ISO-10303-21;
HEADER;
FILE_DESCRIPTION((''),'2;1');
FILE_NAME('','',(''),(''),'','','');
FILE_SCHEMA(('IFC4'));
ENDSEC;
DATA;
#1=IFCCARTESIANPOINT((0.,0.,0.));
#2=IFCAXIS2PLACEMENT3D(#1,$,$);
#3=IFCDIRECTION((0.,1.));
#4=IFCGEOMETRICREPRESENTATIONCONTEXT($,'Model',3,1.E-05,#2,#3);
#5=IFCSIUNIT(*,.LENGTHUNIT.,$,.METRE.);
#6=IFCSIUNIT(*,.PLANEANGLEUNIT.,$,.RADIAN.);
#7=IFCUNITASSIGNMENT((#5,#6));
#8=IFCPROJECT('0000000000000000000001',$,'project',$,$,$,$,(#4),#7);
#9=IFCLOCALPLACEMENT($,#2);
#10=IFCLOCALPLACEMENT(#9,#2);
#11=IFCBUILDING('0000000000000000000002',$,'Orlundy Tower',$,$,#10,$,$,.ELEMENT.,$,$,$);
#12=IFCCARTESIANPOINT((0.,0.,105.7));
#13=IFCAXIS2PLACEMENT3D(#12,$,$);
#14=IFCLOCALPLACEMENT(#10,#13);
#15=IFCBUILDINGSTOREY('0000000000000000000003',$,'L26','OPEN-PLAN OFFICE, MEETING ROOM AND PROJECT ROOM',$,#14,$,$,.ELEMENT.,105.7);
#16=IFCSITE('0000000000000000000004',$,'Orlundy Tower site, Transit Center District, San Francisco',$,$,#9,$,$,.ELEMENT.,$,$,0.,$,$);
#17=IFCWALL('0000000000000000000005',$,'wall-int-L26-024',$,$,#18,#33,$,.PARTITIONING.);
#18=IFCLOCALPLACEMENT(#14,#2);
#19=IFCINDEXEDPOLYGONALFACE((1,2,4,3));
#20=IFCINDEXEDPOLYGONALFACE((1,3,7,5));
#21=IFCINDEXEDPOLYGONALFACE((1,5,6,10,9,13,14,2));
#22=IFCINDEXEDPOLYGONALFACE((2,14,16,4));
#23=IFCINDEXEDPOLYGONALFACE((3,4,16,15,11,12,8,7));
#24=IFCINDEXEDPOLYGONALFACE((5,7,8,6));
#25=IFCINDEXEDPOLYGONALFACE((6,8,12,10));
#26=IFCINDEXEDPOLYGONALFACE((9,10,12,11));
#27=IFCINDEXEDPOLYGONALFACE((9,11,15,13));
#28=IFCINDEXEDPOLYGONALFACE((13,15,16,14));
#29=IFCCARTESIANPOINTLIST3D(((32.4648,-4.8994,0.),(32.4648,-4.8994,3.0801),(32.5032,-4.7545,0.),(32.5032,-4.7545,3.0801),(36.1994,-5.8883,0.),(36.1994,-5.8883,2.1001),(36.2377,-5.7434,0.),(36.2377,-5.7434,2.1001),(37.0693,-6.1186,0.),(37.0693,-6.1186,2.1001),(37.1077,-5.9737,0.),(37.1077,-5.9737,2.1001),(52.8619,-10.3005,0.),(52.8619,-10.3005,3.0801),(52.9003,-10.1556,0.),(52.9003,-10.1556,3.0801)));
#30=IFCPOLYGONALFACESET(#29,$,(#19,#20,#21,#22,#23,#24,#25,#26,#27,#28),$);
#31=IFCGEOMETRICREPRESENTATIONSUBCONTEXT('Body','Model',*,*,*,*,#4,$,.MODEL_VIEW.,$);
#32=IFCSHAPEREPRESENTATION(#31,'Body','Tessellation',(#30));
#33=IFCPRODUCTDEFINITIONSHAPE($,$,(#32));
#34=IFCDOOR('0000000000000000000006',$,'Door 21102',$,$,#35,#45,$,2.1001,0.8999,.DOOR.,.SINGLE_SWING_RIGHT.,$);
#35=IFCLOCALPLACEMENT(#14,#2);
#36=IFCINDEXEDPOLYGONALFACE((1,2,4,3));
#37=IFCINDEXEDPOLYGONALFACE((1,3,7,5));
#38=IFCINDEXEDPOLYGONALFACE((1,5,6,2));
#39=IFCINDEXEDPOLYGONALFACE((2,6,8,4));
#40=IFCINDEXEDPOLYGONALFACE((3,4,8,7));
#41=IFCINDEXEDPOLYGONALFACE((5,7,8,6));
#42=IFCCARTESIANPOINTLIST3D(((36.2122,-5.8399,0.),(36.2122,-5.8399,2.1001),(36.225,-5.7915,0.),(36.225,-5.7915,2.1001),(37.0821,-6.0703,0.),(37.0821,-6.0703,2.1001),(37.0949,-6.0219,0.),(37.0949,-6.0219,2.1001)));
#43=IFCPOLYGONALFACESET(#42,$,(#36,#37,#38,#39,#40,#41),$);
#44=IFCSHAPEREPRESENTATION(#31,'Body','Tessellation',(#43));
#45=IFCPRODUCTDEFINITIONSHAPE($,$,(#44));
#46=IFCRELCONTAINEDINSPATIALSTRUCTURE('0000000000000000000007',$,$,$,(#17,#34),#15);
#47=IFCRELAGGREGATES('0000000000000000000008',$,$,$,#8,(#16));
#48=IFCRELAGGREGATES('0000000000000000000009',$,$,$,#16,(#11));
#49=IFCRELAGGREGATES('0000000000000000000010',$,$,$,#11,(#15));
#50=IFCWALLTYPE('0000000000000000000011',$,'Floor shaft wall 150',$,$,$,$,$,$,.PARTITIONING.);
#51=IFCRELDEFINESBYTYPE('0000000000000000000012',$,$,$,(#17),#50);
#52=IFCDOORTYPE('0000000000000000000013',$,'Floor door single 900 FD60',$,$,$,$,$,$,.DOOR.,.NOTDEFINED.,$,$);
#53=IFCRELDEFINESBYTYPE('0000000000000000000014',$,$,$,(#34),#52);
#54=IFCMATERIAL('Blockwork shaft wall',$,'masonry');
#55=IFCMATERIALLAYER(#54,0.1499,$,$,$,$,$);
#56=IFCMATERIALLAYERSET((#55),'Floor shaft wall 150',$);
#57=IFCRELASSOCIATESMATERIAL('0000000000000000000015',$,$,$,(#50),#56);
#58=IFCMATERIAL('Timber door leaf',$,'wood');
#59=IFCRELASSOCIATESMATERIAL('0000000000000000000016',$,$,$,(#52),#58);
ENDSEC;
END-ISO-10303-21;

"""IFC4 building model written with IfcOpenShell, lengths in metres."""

from ifc_helpers import new_model, si_unit, direction, frame, frame_2d, origin, place, context, subcontext, project, spatial, rectangle, extrude, material, layer, layer_set, type_object, element, fill, save


model = new_model("IFC4")

# Units and contexts
model_context = context("Model", 3, precision=1e-05, world=origin(), true_north=direction((0.0, 1.0)))
body_context = subcontext(model_context, "Body", "Model", "MODEL_VIEW")
ifc_project = project(units=[si_unit("LENGTHUNIT", "METRE"), si_unit("PLANEANGLEUNIT", "RADIAN")], contexts=[model_context])

# Site, building, storey
site_placement = place(None, origin())
site = spatial("IfcSite", under=ifc_project, at=site_placement, Name="Orlundy Tower site, Transit Center District, San Francisco", CompositionType="ELEMENT", RefElevation=0.0)
building_placement = place(site_placement, origin())
building = spatial("IfcBuilding", under=site, at=building_placement, Name="Orlundy Tower", CompositionType="ELEMENT")
storey_placement = place(building_placement, frame((0.0, 0.0, 105.7)))
storey = spatial("IfcBuildingStorey", under=building, at=storey_placement, Name="L26", Description="OPEN-PLAN OFFICE, MEETING ROOM AND PROJECT ROOM", CompositionType="ELEMENT", Elevation=105.7)

# Wall, opening, door
ifc_material_1 = material(Name="Blockwork shaft wall", Category="masonry")
ifc_layer_1 = layer(ifc_material_1, 0.1499)
ifc_layer_set_1 = layer_set([ifc_layer_1], Name="Floor shaft wall 150")
wall_type_1 = type_object("IfcWallType", Name="Floor shaft wall 150", PredefinedType="PARTITIONING", material=ifc_layer_set_1)
wall_1_placement = place(storey_placement, frame((52.8811, -10.228, 0.0), z_axis=(0.0, 0.0, 1.0), x_axis=(-0.966683, 0.255975, 0.0)))
wall_1 = element("IfcWall", 1, at=wall_1_placement, inside=storey, type_object=wall_type_1, Name="wall-int-L26-024", PredefinedType="PARTITIONING", context=body_context, shape_type="SweptSolid", body=[
    extrude(rectangle(XDim=21.1001, YDim=0.1499, at=frame_2d((10.55, 0.0))), origin(), (0.0, 0.0, 1.0), 3.0801),
])
opening_1_placement = place(wall_1_placement, frame((16.3369, 0.0, 0.0)))
opening_1 = element("IfcOpeningElement", 2, at=opening_1_placement, cuts=wall_1, PredefinedType="OPENING", context=body_context, shape_type="SweptSolid", body=[
    extrude(rectangle(XDim=0.8999, YDim=2.1001, at=frame_2d((0.45, 1.05))), frame((0.0, 0.085, 0.0), z_axis=(0.0, -1.0, 0.0), x_axis=(1.0, 0.0, 0.0)), (0.0, 0.0, 1.0), 0.1699),
])
ifc_material_2 = material(Name="Timber door leaf", Category="wood")
door_type_1 = type_object("IfcDoorType", Name="Floor door single 900 FD60", OperationType="NOTDEFINED", PredefinedType="DOOR", material=ifc_material_2)
door_1_placement = place(opening_1_placement, origin())
door_1 = element("IfcDoor", 3, at=door_1_placement, inside=storey, type_object=door_type_1, Name="Door 21102", OperationType="SINGLE_SWING_RIGHT", OverallHeight=2.1001, OverallWidth=0.8999, PredefinedType="DOOR", context=body_context, shape_type="SweptSolid", body=[
    extrude(rectangle(XDim=0.8999, YDim=2.1001, at=frame_2d((0.45, 1.05))), frame((0.0, 0.0249, 0.0), z_axis=(0.0, -1.0, 0.0), x_axis=(1.0, 0.0, 0.0)), (0.0, 0.0, 1.0), 0.05),
])
fill(opening_1, door_1)

save(model, "model.ifc")
